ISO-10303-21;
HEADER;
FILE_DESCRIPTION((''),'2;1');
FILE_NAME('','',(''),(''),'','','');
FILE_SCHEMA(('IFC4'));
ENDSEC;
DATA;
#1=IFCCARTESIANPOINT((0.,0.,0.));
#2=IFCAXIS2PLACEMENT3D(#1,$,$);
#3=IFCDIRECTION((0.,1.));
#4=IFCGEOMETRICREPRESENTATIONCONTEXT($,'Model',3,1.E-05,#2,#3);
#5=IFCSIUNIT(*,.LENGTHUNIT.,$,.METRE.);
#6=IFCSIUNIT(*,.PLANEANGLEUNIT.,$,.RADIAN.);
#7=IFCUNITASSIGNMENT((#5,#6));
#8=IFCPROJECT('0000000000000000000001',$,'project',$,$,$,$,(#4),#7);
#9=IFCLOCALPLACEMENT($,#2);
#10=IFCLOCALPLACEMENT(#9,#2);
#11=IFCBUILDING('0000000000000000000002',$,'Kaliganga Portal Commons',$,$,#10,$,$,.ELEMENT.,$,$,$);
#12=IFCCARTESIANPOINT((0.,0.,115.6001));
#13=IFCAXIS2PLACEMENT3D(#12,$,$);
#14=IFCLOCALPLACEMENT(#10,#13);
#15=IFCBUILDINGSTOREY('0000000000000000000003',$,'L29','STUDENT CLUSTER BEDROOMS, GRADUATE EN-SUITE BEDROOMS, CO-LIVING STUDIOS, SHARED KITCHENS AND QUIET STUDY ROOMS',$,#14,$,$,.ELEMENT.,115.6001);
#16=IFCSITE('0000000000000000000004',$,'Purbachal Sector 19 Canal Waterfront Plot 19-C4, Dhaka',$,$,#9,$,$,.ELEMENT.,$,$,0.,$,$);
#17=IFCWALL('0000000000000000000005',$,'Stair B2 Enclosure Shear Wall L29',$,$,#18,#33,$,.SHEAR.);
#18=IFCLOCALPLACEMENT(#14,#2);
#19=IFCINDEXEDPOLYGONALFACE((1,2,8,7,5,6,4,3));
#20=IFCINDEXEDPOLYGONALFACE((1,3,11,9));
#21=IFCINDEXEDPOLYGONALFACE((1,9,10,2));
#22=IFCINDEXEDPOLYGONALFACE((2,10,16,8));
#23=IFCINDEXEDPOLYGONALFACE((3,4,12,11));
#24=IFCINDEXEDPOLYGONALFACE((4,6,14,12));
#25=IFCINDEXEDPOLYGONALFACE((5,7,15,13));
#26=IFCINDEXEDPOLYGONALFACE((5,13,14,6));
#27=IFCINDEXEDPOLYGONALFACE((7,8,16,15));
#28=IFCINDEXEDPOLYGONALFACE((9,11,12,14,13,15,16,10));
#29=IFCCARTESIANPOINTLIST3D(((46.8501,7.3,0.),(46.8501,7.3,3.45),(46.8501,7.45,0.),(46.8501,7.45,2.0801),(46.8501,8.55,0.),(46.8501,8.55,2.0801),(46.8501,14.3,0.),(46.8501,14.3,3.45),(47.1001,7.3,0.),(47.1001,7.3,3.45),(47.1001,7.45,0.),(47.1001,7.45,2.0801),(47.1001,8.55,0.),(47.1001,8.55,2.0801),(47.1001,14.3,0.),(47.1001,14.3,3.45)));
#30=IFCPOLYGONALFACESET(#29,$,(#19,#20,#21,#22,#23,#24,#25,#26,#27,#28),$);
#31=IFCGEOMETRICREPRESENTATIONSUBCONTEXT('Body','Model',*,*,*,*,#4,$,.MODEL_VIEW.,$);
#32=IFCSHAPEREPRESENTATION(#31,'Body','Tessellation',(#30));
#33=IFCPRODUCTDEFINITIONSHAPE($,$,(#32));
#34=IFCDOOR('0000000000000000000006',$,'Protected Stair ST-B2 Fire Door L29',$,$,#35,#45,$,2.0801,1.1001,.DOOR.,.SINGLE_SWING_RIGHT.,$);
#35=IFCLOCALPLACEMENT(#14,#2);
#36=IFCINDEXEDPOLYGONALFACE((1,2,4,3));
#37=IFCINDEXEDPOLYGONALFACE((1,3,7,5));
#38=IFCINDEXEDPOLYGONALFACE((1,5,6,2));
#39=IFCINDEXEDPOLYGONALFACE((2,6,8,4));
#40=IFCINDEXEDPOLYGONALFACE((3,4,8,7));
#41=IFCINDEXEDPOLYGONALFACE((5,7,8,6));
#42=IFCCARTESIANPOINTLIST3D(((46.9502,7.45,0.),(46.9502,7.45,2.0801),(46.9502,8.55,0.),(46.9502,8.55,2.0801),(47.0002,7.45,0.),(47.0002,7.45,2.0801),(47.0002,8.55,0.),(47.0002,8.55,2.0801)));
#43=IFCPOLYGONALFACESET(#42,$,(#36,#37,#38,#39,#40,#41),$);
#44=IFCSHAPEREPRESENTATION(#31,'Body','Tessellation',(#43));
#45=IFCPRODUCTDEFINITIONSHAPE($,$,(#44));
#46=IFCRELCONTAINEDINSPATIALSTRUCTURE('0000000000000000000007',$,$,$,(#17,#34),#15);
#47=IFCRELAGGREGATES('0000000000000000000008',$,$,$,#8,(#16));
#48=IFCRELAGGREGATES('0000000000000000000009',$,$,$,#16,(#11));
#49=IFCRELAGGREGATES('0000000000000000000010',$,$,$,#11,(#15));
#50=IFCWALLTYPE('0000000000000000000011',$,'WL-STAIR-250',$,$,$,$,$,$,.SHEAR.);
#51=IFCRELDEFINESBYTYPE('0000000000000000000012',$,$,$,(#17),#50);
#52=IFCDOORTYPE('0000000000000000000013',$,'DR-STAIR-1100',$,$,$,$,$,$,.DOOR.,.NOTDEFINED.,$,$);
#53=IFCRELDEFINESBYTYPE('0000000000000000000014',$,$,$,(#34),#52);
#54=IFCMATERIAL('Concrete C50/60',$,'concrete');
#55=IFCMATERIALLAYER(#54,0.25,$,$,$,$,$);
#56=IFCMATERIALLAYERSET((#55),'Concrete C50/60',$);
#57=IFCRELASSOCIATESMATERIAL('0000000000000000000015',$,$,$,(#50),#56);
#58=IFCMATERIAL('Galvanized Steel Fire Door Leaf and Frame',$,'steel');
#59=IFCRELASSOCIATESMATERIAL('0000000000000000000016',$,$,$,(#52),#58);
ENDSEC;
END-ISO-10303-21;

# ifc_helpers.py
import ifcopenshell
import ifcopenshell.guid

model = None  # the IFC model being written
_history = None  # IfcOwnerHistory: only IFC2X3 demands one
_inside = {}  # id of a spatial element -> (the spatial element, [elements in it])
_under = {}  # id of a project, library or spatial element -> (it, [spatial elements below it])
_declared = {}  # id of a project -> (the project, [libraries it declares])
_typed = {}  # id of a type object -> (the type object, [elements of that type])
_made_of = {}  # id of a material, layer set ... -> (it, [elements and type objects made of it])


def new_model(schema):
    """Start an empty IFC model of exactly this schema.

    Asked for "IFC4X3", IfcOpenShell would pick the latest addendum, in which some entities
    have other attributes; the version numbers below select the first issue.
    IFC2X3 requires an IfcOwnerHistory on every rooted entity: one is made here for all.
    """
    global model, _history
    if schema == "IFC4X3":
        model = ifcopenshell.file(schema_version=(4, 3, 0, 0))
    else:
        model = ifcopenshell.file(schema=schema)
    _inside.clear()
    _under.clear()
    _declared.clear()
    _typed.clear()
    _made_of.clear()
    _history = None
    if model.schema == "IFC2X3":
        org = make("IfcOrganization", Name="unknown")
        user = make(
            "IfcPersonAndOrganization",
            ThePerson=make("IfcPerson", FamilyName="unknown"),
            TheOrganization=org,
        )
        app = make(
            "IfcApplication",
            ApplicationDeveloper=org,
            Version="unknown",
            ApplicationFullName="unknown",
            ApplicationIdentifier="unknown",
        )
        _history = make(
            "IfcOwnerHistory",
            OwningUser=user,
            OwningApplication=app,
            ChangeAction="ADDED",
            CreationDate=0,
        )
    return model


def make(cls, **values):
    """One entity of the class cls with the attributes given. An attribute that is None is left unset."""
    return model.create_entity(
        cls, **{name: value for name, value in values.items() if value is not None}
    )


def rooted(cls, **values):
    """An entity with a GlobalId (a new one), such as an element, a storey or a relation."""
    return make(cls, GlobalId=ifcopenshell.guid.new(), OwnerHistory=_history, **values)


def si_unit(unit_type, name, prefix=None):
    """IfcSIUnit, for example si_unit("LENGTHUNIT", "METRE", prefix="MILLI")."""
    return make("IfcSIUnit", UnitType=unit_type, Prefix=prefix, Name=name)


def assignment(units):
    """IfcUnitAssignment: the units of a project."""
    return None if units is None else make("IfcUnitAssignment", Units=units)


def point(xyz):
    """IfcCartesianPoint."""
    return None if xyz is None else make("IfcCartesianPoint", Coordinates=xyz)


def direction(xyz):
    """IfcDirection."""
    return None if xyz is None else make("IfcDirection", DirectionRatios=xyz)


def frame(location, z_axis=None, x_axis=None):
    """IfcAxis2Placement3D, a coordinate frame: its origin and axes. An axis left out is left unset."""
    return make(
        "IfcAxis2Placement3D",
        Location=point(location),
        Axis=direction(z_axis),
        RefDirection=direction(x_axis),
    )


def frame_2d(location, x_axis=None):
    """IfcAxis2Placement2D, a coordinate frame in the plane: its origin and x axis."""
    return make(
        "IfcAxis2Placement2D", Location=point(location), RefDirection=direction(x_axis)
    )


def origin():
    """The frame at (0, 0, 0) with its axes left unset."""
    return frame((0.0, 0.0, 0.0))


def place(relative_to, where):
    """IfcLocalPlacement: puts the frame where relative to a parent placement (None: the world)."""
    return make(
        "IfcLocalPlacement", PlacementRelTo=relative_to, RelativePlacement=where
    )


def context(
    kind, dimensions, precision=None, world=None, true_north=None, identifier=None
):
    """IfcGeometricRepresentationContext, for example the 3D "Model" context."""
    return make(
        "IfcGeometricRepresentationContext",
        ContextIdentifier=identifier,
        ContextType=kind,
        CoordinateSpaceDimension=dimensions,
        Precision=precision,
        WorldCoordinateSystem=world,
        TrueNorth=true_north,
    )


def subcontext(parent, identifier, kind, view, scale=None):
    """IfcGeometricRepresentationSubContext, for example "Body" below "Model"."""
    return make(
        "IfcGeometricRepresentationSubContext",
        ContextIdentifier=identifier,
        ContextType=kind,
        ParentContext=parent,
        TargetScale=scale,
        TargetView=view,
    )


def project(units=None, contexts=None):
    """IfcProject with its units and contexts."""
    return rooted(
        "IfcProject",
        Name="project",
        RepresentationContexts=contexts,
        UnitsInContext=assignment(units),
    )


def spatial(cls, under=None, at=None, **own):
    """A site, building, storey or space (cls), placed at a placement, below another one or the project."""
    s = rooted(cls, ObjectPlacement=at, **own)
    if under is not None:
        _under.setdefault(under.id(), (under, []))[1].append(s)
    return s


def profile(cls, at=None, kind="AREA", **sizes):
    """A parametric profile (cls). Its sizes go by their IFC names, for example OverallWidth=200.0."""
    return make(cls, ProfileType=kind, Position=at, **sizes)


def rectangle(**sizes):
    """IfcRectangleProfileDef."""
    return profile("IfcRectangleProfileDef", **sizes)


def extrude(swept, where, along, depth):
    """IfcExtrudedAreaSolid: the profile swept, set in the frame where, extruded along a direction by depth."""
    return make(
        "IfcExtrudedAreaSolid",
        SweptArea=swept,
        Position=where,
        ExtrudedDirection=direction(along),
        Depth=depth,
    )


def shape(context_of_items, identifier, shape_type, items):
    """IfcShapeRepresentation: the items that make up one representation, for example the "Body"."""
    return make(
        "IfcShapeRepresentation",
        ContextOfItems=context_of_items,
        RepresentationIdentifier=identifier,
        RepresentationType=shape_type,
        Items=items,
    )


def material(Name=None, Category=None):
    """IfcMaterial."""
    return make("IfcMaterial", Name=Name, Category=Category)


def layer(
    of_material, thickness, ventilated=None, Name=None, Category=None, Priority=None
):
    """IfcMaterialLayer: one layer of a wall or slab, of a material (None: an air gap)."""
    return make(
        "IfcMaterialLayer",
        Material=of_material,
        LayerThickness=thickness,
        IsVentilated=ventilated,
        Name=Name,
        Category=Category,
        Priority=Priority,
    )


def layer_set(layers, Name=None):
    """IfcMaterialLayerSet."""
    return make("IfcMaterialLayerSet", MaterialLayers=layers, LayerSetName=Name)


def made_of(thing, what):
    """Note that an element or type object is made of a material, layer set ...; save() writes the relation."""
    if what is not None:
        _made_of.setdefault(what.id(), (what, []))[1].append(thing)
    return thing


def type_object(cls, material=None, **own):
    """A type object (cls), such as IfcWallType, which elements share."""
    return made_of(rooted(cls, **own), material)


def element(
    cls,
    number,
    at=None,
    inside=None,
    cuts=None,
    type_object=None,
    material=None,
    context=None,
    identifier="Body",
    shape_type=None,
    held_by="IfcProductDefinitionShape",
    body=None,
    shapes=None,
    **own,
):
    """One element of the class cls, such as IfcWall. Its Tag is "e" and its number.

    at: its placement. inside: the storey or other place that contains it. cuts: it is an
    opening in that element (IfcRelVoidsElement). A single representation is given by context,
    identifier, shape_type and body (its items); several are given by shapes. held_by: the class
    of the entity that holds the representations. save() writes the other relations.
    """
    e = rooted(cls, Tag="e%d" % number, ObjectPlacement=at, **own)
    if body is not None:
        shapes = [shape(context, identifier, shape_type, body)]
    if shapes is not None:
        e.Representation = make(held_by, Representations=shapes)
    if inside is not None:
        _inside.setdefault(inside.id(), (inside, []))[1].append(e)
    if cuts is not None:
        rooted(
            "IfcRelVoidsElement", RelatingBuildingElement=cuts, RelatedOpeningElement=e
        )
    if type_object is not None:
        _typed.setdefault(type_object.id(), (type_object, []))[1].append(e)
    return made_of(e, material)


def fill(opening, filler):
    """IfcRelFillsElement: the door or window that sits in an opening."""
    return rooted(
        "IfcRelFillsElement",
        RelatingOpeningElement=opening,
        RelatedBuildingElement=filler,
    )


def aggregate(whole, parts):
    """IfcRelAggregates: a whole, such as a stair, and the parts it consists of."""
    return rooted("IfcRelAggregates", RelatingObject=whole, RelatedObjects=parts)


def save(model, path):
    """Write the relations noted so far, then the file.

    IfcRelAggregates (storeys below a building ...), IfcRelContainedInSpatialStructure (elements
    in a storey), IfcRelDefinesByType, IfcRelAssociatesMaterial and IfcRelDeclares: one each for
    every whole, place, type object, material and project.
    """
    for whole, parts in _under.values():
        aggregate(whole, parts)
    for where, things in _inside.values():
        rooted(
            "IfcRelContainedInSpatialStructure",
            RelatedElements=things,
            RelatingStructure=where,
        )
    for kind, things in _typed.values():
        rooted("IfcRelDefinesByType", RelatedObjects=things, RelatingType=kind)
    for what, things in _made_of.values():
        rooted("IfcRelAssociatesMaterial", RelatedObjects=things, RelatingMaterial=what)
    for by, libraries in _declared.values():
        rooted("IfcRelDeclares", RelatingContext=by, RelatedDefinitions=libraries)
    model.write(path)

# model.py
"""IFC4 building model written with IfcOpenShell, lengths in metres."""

from ifc_helpers import new_model, si_unit, direction, frame, frame_2d, origin, place, context, subcontext, project, spatial, rectangle, extrude, material, layer, layer_set, type_object, element, fill, save


model = new_model("IFC4")

# Units and contexts
model_context = context("Model", 3, precision=1e-05, world=origin(), true_north=direction((0.0, 1.0)))
body_context = subcontext(model_context, "Body", "Model", "MODEL_VIEW")
ifc_project = project(units=[si_unit("LENGTHUNIT", "METRE"), si_unit("PLANEANGLEUNIT", "RADIAN")], contexts=[model_context])

# Site, building, storey
site_placement = place(None, origin())
site = spatial("IfcSite", under=ifc_project, at=site_placement, Name="Purbachal Sector 19 Canal Waterfront Plot 19-C4, Dhaka", CompositionType="ELEMENT", RefElevation=0.0)
building_placement = place(site_placement, origin())
building = spatial("IfcBuilding", under=site, at=building_placement, Name="Kaliganga Portal Commons", CompositionType="ELEMENT")
storey_placement = place(building_placement, frame((0.0, 0.0, 115.6001)))
storey = spatial("IfcBuildingStorey", under=building, at=storey_placement, Name="L29", Description="STUDENT CLUSTER BEDROOMS, GRADUATE EN-SUITE BEDROOMS, CO-LIVING STUDIOS, SHARED KITCHENS AND QUIET STUDY ROOMS", CompositionType="ELEMENT", Elevation=115.6001)

# Wall, opening, door
ifc_material_1 = material(Name="Concrete C50/60", Category="concrete")
ifc_layer_1 = layer(ifc_material_1, 0.25)
ifc_layer_set_1 = layer_set([ifc_layer_1], Name="Concrete C50/60")
wall_type_1 = type_object("IfcWallType", Name="WL-STAIR-250", PredefinedType="SHEAR", material=ifc_layer_set_1)
ifc_material_2 = material(Name="Galvanized Steel Fire Door Leaf and Frame", Category="steel")
door_type_1 = type_object("IfcDoorType", Name="DR-STAIR-1100", OperationType="NOTDEFINED", PredefinedType="DOOR", material=ifc_material_2)
wall_1_placement = place(storey_placement, frame((46.9751, 7.3, 0.0), z_axis=(0.0, 0.0, 1.0), x_axis=(0.0, 1.0, 0.0)))
wall_1 = element("IfcWall", 1, at=wall_1_placement, inside=storey, type_object=wall_type_1, Name="Stair B2 Enclosure Shear Wall L29", PredefinedType="SHEAR", context=body_context, shape_type="SweptSolid", body=[
    extrude(rectangle(XDim=7.0, YDim=0.25, at=frame_2d((3.5, 0.0))), origin(), (0.0, 0.0, 1.0), 3.45),
])
opening_1_placement = place(wall_1_placement, frame((0.1499, 0.0, 0.0)))
opening_1 = element("IfcOpeningElement", 2, at=opening_1_placement, cuts=wall_1, PredefinedType="OPENING", context=body_context, shape_type="SweptSolid", body=[
    extrude(rectangle(XDim=1.1001, YDim=2.0801, at=frame_2d((0.55, 1.04))), frame((0.0, 0.135, 0.0), z_axis=(0.0, -1.0, 0.0), x_axis=(1.0, 0.0, 0.0)), (0.0, 0.0, 1.0), 0.27),
])
door_1_placement = place(opening_1_placement, origin())
door_1 = element("IfcDoor", 3, at=door_1_placement, inside=storey, type_object=door_type_1, Name="Protected Stair ST-B2 Fire Door L29", OperationType="SINGLE_SWING_RIGHT", OverallHeight=2.0801, OverallWidth=1.1001, PredefinedType="DOOR", context=body_context, shape_type="SweptSolid", body=[
    extrude(rectangle(XDim=1.1001, YDim=2.0801, at=frame_2d((0.55, 1.04))), frame((0.0, 0.0249, 0.0), z_axis=(0.0, -1.0, 0.0), x_axis=(1.0, 0.0, 0.0)), (0.0, 0.0, 1.0), 0.05),
])
fill(opening_1, door_1)

save(model, "model.ifc")
